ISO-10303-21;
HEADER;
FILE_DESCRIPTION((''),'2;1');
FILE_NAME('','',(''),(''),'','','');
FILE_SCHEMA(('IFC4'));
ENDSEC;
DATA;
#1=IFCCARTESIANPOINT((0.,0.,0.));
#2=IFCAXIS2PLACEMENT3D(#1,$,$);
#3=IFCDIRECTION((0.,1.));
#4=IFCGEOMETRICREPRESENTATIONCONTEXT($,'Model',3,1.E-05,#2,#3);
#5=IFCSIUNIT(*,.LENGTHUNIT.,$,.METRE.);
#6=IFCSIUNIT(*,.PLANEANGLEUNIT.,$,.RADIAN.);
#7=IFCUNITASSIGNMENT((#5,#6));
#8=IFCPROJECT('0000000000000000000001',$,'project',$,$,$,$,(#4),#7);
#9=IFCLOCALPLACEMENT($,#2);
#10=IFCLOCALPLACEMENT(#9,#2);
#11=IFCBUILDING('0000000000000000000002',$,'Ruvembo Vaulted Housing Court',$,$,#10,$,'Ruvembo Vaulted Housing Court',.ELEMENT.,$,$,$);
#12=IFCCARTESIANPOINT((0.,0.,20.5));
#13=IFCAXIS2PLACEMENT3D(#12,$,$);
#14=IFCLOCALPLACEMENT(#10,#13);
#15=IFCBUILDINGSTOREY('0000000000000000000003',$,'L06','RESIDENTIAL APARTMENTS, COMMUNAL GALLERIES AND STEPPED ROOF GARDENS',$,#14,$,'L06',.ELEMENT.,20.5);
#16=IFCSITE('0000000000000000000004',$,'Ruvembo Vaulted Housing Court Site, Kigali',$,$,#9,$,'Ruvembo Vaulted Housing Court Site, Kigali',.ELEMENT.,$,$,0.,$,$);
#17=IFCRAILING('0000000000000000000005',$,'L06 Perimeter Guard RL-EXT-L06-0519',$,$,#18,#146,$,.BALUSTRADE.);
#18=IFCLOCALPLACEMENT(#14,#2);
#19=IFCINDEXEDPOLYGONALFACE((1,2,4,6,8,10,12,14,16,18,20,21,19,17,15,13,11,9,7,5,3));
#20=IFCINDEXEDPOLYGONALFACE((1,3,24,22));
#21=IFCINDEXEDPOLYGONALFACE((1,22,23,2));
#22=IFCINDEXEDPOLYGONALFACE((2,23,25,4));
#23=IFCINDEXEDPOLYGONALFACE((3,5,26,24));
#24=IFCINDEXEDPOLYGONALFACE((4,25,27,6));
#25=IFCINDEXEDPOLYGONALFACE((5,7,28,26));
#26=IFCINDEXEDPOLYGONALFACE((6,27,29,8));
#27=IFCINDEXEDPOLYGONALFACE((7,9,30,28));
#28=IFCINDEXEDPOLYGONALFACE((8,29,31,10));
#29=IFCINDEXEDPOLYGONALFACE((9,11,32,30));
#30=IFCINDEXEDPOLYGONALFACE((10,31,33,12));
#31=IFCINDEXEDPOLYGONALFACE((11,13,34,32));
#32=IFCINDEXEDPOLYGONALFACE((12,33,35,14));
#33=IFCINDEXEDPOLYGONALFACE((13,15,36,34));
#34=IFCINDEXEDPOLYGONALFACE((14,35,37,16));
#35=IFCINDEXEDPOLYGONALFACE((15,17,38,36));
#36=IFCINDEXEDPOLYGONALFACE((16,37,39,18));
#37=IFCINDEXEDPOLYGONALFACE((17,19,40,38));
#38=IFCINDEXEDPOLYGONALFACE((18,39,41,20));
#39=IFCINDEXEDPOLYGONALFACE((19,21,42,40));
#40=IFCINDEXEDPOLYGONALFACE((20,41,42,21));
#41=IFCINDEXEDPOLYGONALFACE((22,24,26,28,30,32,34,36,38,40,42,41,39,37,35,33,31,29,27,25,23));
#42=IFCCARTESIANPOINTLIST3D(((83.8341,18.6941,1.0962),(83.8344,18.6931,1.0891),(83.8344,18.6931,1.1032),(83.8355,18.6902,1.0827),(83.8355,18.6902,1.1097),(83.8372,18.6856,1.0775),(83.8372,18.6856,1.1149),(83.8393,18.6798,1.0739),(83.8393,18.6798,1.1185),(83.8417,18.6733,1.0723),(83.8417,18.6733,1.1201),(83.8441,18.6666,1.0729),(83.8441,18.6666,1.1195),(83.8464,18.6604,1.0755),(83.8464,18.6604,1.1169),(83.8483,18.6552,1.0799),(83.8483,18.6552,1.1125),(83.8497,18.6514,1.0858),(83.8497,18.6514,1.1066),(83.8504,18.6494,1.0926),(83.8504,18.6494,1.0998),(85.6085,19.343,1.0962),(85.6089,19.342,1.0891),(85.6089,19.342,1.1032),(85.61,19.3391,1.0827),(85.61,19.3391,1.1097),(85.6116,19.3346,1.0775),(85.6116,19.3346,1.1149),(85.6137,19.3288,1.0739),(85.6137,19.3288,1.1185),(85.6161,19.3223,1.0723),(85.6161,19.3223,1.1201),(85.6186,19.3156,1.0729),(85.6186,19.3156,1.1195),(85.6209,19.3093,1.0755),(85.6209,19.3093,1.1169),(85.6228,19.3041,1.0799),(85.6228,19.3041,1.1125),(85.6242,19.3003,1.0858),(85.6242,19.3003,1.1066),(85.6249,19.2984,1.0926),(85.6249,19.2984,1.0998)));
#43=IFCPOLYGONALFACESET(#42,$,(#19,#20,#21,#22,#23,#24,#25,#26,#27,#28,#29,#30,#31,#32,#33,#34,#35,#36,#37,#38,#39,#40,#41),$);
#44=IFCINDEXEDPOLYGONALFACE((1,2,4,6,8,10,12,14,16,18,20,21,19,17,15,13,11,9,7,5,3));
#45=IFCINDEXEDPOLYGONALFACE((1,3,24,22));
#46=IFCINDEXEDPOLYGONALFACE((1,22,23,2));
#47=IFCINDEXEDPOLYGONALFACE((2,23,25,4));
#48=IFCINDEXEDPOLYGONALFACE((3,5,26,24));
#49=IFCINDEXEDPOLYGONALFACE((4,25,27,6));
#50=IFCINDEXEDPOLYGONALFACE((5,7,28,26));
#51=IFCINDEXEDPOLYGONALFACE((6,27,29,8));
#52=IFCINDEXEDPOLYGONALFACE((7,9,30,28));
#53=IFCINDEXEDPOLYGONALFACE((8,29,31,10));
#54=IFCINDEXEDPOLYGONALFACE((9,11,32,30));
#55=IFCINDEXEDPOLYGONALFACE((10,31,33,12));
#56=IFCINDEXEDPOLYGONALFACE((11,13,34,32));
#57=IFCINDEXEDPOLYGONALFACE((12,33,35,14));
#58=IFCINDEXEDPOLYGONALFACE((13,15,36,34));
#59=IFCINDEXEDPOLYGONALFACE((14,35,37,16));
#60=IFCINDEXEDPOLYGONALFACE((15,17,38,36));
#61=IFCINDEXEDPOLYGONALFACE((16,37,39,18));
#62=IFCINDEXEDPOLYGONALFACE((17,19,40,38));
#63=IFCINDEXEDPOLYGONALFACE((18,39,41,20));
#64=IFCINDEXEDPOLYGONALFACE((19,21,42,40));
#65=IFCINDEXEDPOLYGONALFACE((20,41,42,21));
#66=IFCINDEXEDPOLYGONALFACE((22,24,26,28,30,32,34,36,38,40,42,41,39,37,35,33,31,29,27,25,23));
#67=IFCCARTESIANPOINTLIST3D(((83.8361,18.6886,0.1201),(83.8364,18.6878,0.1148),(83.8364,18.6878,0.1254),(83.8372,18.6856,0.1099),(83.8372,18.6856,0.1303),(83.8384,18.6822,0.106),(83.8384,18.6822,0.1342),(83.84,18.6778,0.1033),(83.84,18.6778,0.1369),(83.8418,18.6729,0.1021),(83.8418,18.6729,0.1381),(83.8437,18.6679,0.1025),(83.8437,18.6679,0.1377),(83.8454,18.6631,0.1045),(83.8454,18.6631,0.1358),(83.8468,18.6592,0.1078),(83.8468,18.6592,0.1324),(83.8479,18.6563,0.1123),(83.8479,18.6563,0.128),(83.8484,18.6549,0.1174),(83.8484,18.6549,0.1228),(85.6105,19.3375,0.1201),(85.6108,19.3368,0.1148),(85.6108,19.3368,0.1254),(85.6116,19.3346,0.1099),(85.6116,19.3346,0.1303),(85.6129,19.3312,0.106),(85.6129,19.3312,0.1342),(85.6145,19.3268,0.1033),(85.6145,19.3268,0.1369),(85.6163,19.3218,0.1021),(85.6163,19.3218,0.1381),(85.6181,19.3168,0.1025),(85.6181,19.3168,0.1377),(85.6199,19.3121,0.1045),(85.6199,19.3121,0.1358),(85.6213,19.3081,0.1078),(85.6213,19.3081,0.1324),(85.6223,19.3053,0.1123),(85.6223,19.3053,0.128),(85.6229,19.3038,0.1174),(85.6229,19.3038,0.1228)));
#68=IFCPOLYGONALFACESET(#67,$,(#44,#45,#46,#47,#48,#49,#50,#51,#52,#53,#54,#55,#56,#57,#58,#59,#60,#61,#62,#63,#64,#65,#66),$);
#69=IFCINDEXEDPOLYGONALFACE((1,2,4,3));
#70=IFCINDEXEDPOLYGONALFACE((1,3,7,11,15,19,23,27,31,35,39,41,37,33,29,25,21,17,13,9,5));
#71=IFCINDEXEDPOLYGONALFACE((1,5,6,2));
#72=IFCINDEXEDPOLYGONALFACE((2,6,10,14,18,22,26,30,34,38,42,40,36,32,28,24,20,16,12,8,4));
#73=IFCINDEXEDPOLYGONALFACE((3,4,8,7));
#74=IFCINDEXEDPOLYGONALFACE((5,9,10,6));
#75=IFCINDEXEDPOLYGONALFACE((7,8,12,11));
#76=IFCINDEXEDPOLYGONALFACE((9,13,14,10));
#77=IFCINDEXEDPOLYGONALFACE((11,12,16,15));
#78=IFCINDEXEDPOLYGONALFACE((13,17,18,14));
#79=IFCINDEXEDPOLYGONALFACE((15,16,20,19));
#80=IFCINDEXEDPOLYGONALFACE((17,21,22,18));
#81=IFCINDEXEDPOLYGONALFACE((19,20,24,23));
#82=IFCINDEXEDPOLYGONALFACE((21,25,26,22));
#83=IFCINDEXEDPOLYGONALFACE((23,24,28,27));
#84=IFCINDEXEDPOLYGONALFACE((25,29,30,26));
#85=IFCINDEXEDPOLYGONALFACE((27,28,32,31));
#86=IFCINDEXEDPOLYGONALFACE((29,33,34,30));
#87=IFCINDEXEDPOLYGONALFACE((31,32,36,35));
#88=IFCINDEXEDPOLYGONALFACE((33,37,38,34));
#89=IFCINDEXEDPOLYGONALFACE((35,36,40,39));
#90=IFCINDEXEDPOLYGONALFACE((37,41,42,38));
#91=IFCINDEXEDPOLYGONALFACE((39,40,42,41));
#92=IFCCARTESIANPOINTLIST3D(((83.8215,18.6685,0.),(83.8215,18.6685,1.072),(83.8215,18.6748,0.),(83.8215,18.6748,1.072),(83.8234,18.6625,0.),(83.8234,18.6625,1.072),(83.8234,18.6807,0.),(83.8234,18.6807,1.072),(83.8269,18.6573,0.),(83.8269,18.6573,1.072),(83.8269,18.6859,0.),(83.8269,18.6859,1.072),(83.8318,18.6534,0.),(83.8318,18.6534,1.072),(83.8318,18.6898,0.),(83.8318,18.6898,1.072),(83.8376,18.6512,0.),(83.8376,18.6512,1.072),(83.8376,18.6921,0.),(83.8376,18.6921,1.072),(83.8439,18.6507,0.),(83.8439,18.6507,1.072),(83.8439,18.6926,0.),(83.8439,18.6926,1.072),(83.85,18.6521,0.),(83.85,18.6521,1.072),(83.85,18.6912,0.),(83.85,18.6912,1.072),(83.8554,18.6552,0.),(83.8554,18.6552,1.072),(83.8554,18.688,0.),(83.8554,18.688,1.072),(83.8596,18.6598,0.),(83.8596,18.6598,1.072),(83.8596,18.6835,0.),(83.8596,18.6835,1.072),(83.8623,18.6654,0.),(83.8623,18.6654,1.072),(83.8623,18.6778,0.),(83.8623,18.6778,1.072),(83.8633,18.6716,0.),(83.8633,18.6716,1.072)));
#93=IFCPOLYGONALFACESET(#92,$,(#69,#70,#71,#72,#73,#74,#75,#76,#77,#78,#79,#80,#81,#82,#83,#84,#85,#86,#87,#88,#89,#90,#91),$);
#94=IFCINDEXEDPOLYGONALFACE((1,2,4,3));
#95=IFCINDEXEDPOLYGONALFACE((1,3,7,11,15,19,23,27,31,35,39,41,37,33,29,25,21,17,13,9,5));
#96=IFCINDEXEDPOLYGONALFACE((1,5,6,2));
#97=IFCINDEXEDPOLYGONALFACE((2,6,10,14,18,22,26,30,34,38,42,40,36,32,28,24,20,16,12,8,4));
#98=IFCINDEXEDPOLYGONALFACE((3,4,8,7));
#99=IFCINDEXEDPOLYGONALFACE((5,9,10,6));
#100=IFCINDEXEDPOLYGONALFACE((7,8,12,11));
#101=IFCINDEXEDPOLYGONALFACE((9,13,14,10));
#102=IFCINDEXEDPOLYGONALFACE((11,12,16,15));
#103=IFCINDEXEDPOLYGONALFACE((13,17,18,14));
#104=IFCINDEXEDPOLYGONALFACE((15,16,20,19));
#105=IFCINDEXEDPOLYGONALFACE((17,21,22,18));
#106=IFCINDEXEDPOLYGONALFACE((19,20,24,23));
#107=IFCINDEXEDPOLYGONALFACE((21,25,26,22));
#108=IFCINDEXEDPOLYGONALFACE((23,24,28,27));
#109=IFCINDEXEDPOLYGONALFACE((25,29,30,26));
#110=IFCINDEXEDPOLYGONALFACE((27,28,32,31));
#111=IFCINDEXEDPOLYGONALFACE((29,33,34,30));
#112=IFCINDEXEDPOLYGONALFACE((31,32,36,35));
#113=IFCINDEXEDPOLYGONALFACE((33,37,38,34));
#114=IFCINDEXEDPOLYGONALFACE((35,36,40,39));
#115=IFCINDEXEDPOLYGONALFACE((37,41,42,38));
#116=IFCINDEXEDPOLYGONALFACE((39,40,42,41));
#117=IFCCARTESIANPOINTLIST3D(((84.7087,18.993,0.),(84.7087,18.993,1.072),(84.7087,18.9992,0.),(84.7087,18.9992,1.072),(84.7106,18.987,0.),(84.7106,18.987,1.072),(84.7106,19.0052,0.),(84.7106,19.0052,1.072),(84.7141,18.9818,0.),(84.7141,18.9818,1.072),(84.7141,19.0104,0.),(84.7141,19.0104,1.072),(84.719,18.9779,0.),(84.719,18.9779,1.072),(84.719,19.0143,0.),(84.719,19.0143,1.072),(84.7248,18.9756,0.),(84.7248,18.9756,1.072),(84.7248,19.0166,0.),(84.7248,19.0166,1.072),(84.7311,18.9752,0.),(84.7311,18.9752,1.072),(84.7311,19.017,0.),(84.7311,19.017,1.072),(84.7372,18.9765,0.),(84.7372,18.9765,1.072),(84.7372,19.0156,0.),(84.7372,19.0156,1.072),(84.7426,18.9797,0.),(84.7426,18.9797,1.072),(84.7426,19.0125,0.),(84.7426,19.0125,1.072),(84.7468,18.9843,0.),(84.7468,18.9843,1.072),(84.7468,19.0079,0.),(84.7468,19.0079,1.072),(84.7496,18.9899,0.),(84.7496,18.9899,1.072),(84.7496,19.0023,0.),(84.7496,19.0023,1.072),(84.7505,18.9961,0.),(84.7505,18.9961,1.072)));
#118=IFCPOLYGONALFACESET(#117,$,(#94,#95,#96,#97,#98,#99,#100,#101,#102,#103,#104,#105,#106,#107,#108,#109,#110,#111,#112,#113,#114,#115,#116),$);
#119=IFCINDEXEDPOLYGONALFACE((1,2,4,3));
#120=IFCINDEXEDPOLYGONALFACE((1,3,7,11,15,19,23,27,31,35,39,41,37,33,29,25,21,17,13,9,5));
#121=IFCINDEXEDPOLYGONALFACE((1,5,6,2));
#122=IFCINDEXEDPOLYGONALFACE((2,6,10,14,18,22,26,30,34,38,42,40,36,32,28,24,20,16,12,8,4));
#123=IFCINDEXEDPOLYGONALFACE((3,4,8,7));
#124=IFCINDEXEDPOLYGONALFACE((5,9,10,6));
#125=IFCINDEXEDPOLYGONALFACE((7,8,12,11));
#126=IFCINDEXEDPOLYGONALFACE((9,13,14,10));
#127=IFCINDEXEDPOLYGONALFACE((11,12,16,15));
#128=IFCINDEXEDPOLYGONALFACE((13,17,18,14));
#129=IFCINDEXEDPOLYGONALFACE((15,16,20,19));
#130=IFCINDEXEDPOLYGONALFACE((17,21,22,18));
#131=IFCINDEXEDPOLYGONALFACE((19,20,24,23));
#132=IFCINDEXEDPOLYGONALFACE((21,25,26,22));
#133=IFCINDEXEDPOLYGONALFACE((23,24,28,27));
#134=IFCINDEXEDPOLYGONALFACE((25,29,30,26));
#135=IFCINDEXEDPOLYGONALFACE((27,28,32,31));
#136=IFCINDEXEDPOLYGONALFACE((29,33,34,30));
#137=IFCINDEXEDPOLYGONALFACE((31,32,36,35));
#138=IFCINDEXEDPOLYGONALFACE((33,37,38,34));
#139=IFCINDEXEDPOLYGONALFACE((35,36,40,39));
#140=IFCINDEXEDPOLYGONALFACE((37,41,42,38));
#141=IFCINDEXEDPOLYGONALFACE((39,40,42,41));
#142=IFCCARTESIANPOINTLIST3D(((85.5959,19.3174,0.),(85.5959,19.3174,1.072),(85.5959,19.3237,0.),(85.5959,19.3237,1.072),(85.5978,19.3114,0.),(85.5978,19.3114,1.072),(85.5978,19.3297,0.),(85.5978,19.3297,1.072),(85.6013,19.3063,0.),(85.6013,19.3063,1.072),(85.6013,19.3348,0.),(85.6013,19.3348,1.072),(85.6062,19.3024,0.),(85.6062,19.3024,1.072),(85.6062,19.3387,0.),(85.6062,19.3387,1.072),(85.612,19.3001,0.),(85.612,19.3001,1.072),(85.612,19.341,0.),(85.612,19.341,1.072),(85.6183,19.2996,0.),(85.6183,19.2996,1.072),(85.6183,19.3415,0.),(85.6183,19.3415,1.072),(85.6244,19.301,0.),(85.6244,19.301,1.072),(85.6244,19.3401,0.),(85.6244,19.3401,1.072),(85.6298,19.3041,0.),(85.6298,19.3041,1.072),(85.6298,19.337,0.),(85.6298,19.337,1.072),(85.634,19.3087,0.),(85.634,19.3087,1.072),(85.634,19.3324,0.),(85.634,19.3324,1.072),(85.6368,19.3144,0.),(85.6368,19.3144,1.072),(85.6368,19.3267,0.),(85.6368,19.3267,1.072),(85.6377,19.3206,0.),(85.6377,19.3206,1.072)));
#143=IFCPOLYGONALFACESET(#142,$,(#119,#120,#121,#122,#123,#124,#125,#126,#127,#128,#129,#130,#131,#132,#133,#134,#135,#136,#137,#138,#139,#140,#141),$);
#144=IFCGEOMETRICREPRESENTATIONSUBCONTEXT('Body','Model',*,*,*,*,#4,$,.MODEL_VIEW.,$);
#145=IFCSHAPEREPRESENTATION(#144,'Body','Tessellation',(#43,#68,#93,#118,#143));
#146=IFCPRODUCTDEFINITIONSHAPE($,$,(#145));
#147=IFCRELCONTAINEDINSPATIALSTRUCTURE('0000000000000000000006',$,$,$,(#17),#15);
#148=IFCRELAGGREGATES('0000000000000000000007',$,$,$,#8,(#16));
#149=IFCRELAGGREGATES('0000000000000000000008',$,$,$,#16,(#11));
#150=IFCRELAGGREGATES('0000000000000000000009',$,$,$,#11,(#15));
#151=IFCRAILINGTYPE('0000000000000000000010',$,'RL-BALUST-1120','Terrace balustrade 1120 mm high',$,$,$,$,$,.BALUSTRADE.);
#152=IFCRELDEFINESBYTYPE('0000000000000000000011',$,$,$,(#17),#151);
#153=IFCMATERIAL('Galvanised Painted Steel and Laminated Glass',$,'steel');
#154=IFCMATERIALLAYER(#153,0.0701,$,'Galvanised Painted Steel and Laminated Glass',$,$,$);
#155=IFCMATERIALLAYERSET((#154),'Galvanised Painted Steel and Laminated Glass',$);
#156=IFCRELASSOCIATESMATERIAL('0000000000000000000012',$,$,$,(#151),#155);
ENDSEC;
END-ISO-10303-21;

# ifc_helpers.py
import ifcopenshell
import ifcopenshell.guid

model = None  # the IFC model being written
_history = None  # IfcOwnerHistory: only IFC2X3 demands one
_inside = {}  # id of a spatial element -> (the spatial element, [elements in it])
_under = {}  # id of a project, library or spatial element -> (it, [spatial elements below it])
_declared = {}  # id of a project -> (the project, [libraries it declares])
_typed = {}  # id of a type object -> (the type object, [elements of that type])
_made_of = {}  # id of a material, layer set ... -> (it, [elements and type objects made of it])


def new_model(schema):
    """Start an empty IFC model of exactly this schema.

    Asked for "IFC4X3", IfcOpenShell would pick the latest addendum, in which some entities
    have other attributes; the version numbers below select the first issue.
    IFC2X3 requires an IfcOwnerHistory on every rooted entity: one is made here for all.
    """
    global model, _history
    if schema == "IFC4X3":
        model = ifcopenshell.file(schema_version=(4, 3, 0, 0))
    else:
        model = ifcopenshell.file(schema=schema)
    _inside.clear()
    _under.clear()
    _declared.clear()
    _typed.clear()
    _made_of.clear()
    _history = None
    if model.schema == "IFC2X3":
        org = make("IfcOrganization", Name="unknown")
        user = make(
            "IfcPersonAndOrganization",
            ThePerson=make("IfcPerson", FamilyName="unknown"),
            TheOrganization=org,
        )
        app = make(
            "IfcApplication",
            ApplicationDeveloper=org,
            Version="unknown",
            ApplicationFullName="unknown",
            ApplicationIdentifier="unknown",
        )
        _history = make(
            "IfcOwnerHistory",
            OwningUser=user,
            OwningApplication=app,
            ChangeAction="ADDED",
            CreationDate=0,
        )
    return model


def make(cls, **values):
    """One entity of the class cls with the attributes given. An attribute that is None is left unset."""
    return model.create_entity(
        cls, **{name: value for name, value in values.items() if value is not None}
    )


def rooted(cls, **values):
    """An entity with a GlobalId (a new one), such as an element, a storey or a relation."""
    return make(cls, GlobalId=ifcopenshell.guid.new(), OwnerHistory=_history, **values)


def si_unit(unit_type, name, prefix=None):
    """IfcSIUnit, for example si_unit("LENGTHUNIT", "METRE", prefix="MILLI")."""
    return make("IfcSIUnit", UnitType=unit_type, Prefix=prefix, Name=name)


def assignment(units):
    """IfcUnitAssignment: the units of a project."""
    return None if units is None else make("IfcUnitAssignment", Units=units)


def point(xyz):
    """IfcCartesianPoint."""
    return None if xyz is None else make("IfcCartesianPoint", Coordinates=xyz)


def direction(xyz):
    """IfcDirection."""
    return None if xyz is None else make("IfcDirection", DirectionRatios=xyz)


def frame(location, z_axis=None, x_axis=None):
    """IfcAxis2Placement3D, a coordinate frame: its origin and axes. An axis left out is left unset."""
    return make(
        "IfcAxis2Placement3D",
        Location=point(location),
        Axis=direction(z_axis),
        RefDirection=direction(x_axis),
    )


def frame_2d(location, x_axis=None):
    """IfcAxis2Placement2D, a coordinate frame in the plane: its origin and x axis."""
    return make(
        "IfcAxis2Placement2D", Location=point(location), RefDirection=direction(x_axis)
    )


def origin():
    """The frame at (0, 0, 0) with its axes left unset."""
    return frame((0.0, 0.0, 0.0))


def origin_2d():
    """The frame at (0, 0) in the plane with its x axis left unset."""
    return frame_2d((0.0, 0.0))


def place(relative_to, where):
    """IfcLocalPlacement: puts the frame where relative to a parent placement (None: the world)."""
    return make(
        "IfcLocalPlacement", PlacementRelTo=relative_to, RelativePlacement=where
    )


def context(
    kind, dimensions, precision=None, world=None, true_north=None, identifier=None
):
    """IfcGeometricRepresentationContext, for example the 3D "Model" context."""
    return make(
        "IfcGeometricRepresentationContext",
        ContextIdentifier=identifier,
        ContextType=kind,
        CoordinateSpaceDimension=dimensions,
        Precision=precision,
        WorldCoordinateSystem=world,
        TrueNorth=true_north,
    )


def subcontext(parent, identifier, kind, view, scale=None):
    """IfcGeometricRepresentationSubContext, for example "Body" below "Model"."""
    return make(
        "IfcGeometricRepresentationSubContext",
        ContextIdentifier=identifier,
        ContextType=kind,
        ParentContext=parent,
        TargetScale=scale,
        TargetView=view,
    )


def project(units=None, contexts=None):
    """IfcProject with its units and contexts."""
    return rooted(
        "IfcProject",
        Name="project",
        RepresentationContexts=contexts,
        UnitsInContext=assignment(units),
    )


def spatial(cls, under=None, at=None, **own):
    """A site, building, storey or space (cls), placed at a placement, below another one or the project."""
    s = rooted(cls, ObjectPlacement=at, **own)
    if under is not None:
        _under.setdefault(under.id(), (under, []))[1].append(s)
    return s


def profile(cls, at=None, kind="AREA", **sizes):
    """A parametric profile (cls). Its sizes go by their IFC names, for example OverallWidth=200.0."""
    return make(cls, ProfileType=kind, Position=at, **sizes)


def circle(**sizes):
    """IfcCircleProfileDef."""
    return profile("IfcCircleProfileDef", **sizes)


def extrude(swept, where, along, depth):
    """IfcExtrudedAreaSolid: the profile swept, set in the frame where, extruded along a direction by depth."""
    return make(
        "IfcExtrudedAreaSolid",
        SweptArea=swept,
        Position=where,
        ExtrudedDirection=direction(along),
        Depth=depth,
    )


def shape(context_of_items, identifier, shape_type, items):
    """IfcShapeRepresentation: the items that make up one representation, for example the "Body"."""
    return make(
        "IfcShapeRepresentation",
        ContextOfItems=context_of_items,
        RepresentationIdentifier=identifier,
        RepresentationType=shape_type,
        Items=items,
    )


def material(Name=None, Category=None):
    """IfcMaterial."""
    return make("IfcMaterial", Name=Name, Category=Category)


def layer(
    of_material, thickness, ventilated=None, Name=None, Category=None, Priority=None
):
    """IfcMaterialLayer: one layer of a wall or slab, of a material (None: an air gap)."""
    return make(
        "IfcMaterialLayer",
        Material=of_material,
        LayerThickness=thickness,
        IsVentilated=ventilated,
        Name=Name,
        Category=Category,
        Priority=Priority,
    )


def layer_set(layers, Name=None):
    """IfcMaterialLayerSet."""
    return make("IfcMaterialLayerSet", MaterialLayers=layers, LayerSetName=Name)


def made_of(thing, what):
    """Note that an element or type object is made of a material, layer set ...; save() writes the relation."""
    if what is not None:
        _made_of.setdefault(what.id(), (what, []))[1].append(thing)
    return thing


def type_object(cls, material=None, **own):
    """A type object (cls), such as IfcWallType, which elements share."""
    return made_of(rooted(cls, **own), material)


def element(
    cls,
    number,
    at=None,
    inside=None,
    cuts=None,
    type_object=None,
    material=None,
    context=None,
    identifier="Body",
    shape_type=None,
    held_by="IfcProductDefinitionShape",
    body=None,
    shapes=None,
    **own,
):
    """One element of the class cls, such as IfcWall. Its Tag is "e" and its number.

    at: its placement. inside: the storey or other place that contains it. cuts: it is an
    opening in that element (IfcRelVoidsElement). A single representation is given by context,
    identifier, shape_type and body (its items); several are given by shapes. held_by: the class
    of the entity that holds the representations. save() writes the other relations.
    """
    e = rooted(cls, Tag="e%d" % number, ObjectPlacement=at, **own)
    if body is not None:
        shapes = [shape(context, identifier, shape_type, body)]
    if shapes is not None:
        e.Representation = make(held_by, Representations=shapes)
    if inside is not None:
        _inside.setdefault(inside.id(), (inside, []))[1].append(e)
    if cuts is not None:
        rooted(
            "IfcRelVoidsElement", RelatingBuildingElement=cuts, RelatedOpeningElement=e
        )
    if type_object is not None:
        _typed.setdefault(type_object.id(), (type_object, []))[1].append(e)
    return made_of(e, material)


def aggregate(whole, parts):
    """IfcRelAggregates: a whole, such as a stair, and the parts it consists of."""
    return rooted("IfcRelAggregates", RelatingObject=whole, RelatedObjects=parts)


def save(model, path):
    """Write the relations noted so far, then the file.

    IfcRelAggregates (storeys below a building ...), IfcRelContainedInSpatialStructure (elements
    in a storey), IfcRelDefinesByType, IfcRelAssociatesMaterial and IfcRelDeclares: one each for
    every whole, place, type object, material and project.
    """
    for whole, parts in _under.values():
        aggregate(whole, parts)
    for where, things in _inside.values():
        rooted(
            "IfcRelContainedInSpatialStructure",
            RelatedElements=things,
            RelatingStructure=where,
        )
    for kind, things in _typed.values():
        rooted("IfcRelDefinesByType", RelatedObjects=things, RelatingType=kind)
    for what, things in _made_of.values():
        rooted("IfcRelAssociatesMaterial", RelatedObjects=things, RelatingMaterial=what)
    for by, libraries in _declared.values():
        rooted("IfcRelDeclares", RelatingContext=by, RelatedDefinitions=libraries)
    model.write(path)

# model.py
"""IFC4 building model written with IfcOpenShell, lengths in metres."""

from ifc_helpers import new_model, si_unit, direction, frame, origin, origin_2d, place, context, subcontext, project, spatial, circle, extrude, material, layer, layer_set, type_object, element, save


model = new_model("IFC4")

# Units and contexts
model_context = context("Model", 3, precision=1e-05, world=origin(), true_north=direction((0.0, 1.0)))
body_context = subcontext(model_context, "Body", "Model", "MODEL_VIEW")
ifc_project = project(units=[si_unit("LENGTHUNIT", "METRE"), si_unit("PLANEANGLEUNIT", "RADIAN")], contexts=[model_context])

# Site, building, storey
site_placement = place(None, origin())
site = spatial("IfcSite", under=ifc_project, at=site_placement, Name="Ruvembo Vaulted Housing Court Site, Kigali", LongName="Ruvembo Vaulted Housing Court Site, Kigali", CompositionType="ELEMENT", RefElevation=0.0)
building_placement = place(site_placement, origin())
building = spatial("IfcBuilding", under=site, at=building_placement, Name="Ruvembo Vaulted Housing Court", LongName="Ruvembo Vaulted Housing Court", CompositionType="ELEMENT")
storey_placement = place(building_placement, frame((0.0, 0.0, 20.5)))
storey = spatial("IfcBuildingStorey", under=building, at=storey_placement, Name="L06", Description="RESIDENTIAL APARTMENTS, COMMUNAL GALLERIES AND STEPPED ROOF GARDENS", LongName="L06", CompositionType="ELEMENT", Elevation=20.5)

# Railing
ifc_material_1 = material(Name="Galvanised Painted Steel and Laminated Glass", Category="steel")
ifc_layer = layer(ifc_material_1, 0.0701, Name="Galvanised Painted Steel and Laminated Glass")
ifc_layer_set = layer_set([ifc_layer], Name="Galvanised Painted Steel and Laminated Glass")
railing_type = type_object("IfcRailingType", Name="RL-BALUST-1120", Description="Terrace balustrade 1120 mm high", PredefinedType="BALUSTRADE", material=ifc_layer_set)
railing_1_placement = place(storey_placement, frame((83.8423, 18.6716, 0.0)))
element("IfcRailing", 1, at=railing_1_placement, inside=storey, type_object=railing_type, Name="L06 Perimeter Guard RL-EXT-L06-0519", PredefinedType="BALUSTRADE", context=body_context, shape_type="SweptSolid", body=[
    extrude(circle(Radius=0.0239, at=origin_2d()), frame((0.0, 0.0, 1.0962), z_axis=(0.939166, 0.343465, 0.0), x_axis=(-0.343465, 0.939166, 0.0)), (0.0, 0.0, 1.0), 1.8894),
    extrude(circle(Radius=0.0181, at=origin_2d()), frame((0.0, 0.0, 0.1201), z_axis=(0.939166, 0.343465, 0.0), x_axis=(-0.343465, 0.939166, 0.0)), (0.0, 0.0, 1.0), 1.8894),
    extrude(circle(Radius=0.021, at=origin_2d()), origin(), (0.0, 0.0, 1.0), 1.072),
    extrude(circle(Radius=0.021, at=origin_2d()), frame((0.8872, 0.3245, 0.0)), (0.0, 0.0, 1.0), 1.072),
    extrude(circle(Radius=0.021, at=origin_2d()), frame((1.7744, 0.6489, 0.0)), (0.0, 0.0, 1.0), 1.072),
])

save(model, "model.ifc")
